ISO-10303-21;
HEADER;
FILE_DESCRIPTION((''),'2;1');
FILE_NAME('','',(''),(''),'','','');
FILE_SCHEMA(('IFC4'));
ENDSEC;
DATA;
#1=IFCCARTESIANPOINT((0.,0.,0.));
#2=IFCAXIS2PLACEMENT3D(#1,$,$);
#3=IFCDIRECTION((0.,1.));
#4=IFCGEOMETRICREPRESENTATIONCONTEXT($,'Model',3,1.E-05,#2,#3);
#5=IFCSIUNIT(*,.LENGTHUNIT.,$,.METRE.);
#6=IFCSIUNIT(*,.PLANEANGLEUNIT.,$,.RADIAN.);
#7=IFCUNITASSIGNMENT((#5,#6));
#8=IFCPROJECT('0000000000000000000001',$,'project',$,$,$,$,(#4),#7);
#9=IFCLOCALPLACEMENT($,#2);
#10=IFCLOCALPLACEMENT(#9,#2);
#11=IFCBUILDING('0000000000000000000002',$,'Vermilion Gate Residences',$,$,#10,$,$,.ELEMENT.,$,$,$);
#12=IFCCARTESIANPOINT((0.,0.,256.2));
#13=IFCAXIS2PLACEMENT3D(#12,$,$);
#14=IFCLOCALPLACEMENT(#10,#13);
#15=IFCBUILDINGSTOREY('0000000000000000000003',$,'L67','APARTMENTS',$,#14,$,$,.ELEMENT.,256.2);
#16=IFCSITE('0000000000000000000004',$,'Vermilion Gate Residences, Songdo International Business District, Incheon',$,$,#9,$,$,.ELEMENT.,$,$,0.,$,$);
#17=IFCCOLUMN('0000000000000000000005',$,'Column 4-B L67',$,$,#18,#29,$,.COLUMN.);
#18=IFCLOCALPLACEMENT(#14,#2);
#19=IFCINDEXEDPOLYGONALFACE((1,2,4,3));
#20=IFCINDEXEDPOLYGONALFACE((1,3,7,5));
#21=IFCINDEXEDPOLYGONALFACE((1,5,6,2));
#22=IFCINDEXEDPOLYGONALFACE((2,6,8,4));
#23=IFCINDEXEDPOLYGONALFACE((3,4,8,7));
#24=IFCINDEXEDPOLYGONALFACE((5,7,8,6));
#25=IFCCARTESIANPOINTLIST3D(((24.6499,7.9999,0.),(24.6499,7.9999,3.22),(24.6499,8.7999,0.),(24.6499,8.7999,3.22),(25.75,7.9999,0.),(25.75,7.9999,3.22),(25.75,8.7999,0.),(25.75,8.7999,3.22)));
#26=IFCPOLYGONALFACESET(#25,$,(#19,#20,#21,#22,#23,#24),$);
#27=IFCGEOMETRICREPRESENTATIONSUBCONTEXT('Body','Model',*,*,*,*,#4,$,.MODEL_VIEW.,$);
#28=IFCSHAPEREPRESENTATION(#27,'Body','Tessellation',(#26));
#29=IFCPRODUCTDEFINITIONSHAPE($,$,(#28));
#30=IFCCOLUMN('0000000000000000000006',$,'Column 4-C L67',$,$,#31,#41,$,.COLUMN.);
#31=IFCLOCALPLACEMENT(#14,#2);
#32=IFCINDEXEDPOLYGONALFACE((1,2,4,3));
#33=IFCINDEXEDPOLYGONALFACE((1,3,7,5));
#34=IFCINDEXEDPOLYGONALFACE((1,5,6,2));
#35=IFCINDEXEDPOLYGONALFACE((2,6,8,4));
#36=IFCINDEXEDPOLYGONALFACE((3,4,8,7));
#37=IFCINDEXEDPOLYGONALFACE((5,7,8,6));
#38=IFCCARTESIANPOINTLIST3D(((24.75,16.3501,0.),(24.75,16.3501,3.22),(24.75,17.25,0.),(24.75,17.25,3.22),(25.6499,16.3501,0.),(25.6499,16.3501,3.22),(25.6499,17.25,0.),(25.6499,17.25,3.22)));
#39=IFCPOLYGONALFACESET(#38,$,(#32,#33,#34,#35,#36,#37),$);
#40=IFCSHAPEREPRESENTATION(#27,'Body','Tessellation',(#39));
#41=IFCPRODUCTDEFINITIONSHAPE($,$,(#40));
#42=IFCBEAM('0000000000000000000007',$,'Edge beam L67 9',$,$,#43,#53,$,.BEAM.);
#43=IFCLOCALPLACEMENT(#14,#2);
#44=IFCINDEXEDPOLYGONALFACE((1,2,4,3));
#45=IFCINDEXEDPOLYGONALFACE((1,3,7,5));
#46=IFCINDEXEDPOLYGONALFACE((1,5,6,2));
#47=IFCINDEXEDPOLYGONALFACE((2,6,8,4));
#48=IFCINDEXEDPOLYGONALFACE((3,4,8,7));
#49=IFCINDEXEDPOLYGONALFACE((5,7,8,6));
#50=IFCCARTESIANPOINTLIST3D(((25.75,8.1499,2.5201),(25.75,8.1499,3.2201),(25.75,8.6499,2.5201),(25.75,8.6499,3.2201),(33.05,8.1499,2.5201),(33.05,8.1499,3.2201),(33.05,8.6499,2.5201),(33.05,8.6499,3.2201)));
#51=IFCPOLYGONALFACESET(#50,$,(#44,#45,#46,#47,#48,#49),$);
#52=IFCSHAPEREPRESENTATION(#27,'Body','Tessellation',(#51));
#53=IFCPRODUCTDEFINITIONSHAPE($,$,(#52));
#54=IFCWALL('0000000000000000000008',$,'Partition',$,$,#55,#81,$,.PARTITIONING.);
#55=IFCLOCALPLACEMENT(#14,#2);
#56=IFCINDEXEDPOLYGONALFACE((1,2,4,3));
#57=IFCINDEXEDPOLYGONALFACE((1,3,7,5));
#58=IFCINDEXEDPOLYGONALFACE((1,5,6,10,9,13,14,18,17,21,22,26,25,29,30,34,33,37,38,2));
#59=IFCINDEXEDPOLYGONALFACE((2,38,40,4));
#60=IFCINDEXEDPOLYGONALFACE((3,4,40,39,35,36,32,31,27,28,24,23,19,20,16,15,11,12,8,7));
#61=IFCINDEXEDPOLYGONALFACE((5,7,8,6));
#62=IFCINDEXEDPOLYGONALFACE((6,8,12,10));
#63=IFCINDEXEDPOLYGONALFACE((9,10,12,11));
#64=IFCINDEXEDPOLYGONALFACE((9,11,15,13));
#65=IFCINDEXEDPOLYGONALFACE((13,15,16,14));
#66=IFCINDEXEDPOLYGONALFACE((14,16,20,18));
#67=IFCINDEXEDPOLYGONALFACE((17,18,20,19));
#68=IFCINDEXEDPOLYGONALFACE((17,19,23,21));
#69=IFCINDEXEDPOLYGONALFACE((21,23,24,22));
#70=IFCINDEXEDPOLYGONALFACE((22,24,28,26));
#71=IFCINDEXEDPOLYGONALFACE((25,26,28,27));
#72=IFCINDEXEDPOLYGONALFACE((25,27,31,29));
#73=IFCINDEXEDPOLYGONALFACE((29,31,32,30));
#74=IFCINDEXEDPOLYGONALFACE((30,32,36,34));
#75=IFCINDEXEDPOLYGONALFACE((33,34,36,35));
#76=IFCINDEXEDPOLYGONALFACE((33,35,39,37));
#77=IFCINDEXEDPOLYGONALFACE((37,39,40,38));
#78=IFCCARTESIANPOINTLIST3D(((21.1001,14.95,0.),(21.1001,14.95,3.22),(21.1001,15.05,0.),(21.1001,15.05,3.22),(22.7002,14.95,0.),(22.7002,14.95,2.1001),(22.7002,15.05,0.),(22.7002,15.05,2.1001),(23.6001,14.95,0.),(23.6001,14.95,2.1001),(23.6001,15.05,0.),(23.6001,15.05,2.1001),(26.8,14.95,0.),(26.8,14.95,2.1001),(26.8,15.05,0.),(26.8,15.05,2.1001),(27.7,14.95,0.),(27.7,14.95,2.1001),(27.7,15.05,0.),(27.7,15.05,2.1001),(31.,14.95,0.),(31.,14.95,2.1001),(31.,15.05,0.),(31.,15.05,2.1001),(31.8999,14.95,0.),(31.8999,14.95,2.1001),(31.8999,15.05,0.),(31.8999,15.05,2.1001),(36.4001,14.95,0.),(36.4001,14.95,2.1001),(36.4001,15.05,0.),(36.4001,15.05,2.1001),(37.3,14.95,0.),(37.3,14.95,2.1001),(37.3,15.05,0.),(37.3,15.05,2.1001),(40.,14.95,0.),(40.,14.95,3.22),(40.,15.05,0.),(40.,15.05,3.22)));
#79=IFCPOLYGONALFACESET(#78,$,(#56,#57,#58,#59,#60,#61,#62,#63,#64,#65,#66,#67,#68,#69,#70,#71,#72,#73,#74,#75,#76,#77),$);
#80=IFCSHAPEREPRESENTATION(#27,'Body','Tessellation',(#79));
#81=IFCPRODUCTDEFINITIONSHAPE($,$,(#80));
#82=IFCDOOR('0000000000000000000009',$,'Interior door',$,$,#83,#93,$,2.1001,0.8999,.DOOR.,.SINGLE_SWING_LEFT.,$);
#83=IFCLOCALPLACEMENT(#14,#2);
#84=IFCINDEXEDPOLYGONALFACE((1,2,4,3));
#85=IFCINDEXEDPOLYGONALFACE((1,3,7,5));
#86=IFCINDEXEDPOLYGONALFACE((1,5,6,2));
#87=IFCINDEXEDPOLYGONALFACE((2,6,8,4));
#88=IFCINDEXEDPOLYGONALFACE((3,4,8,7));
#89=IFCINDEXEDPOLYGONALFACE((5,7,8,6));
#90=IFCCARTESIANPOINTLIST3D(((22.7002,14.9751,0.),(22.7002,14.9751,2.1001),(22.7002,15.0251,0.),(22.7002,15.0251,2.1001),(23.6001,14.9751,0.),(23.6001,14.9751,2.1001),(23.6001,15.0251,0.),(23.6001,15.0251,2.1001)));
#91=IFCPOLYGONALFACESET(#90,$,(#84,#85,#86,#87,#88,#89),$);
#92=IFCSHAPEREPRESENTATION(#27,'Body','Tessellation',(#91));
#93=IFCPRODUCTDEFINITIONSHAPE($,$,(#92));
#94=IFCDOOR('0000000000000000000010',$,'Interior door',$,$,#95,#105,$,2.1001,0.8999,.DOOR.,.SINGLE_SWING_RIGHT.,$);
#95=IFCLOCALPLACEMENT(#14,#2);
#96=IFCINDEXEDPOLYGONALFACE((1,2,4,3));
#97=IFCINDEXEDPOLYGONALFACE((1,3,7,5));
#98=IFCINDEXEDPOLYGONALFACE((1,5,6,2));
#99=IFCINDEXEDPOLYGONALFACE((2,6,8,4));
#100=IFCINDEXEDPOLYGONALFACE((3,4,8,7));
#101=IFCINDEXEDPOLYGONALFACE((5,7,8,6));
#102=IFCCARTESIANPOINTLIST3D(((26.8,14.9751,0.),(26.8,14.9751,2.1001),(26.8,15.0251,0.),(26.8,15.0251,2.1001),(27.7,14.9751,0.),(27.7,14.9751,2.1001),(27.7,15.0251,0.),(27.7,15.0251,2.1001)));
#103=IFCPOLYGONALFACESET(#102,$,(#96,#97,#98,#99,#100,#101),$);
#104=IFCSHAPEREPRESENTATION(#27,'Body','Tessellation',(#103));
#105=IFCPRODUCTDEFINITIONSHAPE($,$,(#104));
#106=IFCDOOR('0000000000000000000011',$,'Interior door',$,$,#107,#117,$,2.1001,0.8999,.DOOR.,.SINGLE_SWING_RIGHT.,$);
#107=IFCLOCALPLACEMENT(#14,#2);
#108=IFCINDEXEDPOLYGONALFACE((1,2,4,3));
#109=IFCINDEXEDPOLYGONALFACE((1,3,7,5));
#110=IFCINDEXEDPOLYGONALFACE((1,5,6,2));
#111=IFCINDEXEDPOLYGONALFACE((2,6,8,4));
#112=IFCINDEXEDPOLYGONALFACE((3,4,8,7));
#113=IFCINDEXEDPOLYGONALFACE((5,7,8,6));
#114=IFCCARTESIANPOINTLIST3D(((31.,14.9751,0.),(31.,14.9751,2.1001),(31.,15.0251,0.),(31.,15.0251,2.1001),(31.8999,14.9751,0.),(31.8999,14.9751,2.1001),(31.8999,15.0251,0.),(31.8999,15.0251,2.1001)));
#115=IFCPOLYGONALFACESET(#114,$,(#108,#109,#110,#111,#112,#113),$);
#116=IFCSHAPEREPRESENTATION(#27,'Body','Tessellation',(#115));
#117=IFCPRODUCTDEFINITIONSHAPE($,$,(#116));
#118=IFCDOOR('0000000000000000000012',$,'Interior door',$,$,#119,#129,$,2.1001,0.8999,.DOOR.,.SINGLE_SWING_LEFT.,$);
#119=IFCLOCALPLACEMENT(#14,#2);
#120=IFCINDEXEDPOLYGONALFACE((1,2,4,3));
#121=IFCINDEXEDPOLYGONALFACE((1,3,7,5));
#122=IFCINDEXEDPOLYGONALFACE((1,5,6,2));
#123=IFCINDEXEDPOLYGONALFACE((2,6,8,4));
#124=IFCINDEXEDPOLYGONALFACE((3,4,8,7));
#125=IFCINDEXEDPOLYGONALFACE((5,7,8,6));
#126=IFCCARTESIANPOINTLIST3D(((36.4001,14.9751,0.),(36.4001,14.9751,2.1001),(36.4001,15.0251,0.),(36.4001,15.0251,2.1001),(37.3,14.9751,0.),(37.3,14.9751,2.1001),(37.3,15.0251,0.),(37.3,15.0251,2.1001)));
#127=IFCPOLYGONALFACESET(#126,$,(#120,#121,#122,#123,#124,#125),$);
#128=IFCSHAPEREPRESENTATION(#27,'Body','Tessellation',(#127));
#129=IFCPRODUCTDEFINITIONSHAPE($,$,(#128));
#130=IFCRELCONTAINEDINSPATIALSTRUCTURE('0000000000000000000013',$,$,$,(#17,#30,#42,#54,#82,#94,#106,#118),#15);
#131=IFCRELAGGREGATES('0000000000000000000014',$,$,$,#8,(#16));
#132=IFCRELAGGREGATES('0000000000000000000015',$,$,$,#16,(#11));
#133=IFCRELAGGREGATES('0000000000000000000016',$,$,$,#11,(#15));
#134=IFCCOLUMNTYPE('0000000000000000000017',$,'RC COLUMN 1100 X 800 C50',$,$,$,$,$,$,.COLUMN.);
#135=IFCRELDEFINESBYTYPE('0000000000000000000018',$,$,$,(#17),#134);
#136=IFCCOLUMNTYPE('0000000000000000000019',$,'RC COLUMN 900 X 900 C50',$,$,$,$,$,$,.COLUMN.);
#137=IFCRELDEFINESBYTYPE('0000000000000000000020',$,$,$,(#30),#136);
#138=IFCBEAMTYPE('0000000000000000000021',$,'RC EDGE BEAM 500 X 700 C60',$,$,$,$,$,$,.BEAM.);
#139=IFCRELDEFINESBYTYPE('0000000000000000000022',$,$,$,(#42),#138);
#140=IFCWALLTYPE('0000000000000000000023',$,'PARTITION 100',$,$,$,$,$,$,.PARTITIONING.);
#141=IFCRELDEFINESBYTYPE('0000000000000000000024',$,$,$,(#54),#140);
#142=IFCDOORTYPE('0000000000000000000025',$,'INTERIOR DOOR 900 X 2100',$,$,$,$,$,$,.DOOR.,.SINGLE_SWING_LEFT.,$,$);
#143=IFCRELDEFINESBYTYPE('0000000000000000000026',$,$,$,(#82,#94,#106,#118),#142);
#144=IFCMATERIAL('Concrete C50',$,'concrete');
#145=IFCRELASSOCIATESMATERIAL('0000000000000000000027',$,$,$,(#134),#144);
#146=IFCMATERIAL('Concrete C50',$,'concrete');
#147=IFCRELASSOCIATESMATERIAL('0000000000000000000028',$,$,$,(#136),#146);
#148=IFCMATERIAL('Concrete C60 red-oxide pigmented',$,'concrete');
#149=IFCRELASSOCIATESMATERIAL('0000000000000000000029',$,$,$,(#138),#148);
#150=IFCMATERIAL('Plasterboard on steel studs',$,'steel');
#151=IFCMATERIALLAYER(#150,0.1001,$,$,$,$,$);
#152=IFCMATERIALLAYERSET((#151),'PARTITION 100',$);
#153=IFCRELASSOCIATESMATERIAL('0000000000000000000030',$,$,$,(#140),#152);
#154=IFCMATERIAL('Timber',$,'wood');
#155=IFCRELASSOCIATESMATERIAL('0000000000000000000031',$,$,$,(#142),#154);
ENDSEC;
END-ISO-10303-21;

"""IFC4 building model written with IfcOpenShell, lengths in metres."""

from ifc_helpers import new_model, si_unit, direction, frame, frame_2d, origin, origin_2d, place, context, subcontext, project, spatial, rectangle, extrude, material, layer, layer_set, material_profile, profile_set, type_object, element, fill, save


model = new_model("IFC4")

# Units and contexts
model_context = context("Model", 3, precision=1e-05, world=origin(), true_north=direction((0.0, 1.0)))
body_context = subcontext(model_context, "Body", "Model", "MODEL_VIEW")
ifc_project = project(units=[si_unit("LENGTHUNIT", "METRE"), si_unit("PLANEANGLEUNIT", "RADIAN")], contexts=[model_context])

# Site, building, storey
site_placement = place(None, origin())
site = spatial("IfcSite", under=ifc_project, at=site_placement, Name="Vermilion Gate Residences, Songdo International Business District, Incheon", CompositionType="ELEMENT", RefElevation=0.0)
building_placement = place(site_placement, origin())
building = spatial("IfcBuilding", under=site, at=building_placement, Name="Vermilion Gate Residences", CompositionType="ELEMENT")
storey_placement = place(building_placement, frame((0.0, 0.0, 256.2)))
storey = spatial("IfcBuildingStorey", under=building, at=storey_placement, Name="L67", Description="APARTMENTS", CompositionType="ELEMENT", Elevation=256.2)

# Columns
ifc_material_1 = material(Name="Concrete C50", Category="concrete")
ifc_material_profile_1 = material_profile(ifc_material_1, rectangle(XDim=1.1001, YDim=0.8, at=origin_2d()), Name="RC-1100x800")
ifc_profile_set_1 = profile_set([ifc_material_profile_1], Name="Concrete C50")
column_type_1 = type_object("IfcColumnType", Name="RC COLUMN 1100 X 800 C50", PredefinedType="COLUMN", material=ifc_profile_set_1)
column_1_placement = place(storey_placement, frame((25.2, 8.3999, 0.0), z_axis=(0.0, 0.0, 1.0), x_axis=(1.0, 0.0, 0.0)))
element("IfcColumn", 1, at=column_1_placement, inside=storey, type_object=column_type_1, Name="Column 4-B L67", PredefinedType="COLUMN", context=body_context, shape_type="SweptSolid", body=[
    extrude(rectangle(XDim=1.1001, YDim=0.8, at=origin_2d()), origin(), (0.0, 0.0, 1.0), 3.22),
])
ifc_material_2 = material(Name="Concrete C50", Category="concrete")
ifc_material_profile_2 = material_profile(ifc_material_2, rectangle(XDim=0.8999, YDim=0.8999, at=origin_2d()), Name="RC-900x900")
ifc_profile_set_2 = profile_set([ifc_material_profile_2], Name="Concrete C50")
column_type_2 = type_object("IfcColumnType", Name="RC COLUMN 900 X 900 C50", PredefinedType="COLUMN", material=ifc_profile_set_2)
column_2_placement = place(storey_placement, frame((25.2, 16.8, 0.0), z_axis=(0.0, 0.0, 1.0), x_axis=(1.0, 0.0, 0.0)))
element("IfcColumn", 2, at=column_2_placement, inside=storey, type_object=column_type_2, Name="Column 4-C L67", PredefinedType="COLUMN", context=body_context, shape_type="SweptSolid", body=[
    extrude(rectangle(XDim=0.8999, YDim=0.8999, at=origin_2d()), origin(), (0.0, 0.0, 1.0), 3.22),
])

# Beam
ifc_material_3 = material(Name="Concrete C60 red-oxide pigmented", Category="concrete")
ifc_material_profile_3 = material_profile(ifc_material_3, rectangle(XDim=0.5, YDim=0.7, at=origin_2d()), Name="RC-500x700")
ifc_profile_set_3 = profile_set([ifc_material_profile_3], Name="Concrete C60 red-oxide pigmented")
beam_type = type_object("IfcBeamType", Name="RC EDGE BEAM 500 X 700 C60", PredefinedType="BEAM", material=ifc_profile_set_3)
beam_placement = place(storey_placement, frame((25.75, 8.3999, 2.8701), z_axis=(1.0, 0.0, 0.0), x_axis=(0.0, 1.0, 0.0)))
element("IfcBeam", 3, at=beam_placement, inside=storey, type_object=beam_type, Name="Edge beam L67 9", PredefinedType="BEAM", context=body_context, shape_type="SweptSolid", body=[
    extrude(rectangle(XDim=0.5, YDim=0.7, at=origin_2d()), origin(), (0.0, 0.0, 1.0), 7.3),
])

# Wall, openings, doors
ifc_material_4 = material(Name="Plasterboard on steel studs", Category="steel")
ifc_layer_1 = layer(ifc_material_4, 0.1001)
ifc_layer_set_1 = layer_set([ifc_layer_1], Name="PARTITION 100")
wall_type_1 = type_object("IfcWallType", Name="PARTITION 100", PredefinedType="PARTITIONING", material=ifc_layer_set_1)
wall_1_placement = place(storey_placement, frame((21.1001, 15.0, 0.0), z_axis=(0.0, 0.0, 1.0), x_axis=(1.0, 0.0, 0.0)))
wall_1 = element("IfcWall", 4, at=wall_1_placement, inside=storey, type_object=wall_type_1, Name="Partition", PredefinedType="PARTITIONING", context=body_context, shape_type="SweptSolid", body=[
    extrude(rectangle(XDim=18.8999, YDim=0.1001, at=frame_2d((9.45, 0.0))), origin(), (0.0, 0.0, 1.0), 3.22),
])
opening_1_placement = place(wall_1_placement, frame((1.6001, 0.0, 0.0)))
opening_1 = element("IfcOpeningElement", 5, at=opening_1_placement, cuts=wall_1, PredefinedType="OPENING", context=body_context, shape_type="SweptSolid", body=[
    extrude(rectangle(XDim=0.8999, YDim=2.1001, at=frame_2d((0.45, 1.05))), frame((0.0, 0.0601, 0.0), z_axis=(0.0, -1.0, 0.0), x_axis=(1.0, 0.0, 0.0)), (0.0, 0.0, 1.0), 0.1201),
])
opening_2_placement = place(wall_1_placement, frame((5.7, 0.0, 0.0)))
opening_2 = element("IfcOpeningElement", 6, at=opening_2_placement, cuts=wall_1, PredefinedType="OPENING", context=body_context, shape_type="SweptSolid", body=[
    extrude(rectangle(XDim=0.8999, YDim=2.1001, at=frame_2d((0.45, 1.05))), frame((0.0, 0.0601, 0.0), z_axis=(0.0, -1.0, 0.0), x_axis=(1.0, 0.0, 0.0)), (0.0, 0.0, 1.0), 0.1201),
])
opening_3_placement = place(wall_1_placement, frame((9.8999, 0.0, 0.0)))
opening_3 = element("IfcOpeningElement", 7, at=opening_3_placement, cuts=wall_1, PredefinedType="OPENING", context=body_context, shape_type="SweptSolid", body=[
    extrude(rectangle(XDim=0.8999, YDim=2.1001, at=frame_2d((0.45, 1.05))), frame((0.0, 0.0601, 0.0), z_axis=(0.0, -1.0, 0.0), x_axis=(1.0, 0.0, 0.0)), (0.0, 0.0, 1.0), 0.1201),
])
opening_4_placement = place(wall_1_placement, frame((15.3, 0.0, 0.0)))
opening_4 = element("IfcOpeningElement", 8, at=opening_4_placement, cuts=wall_1, PredefinedType="OPENING", context=body_context, shape_type="SweptSolid", body=[
    extrude(rectangle(XDim=0.8999, YDim=2.1001, at=frame_2d((0.45, 1.05))), frame((0.0, 0.0601, 0.0), z_axis=(0.0, -1.0, 0.0), x_axis=(1.0, 0.0, 0.0)), (0.0, 0.0, 1.0), 0.1201),
])
ifc_material_5 = material(Name="Timber", Category="wood")
door_type_1 = type_object("IfcDoorType", Name="INTERIOR DOOR 900 X 2100", OperationType="SINGLE_SWING_LEFT", PredefinedType="DOOR", material=ifc_material_5)
door_1_placement = place(opening_1_placement, frame((0.8999, 0.0, 0.0), z_axis=(0.0, 0.0, 1.0), x_axis=(-1.0, 0.0, 0.0)))
door_1 = element("IfcDoor", 9, at=door_1_placement, inside=storey, type_object=door_type_1, Name="Interior door", OperationType="SINGLE_SWING_LEFT", OverallHeight=2.1001, OverallWidth=0.8999, PredefinedType="DOOR", context=body_context, shape_type="SweptSolid", body=[
    extrude(rectangle(XDim=0.8999, YDim=2.1001, at=frame_2d((0.45, 1.05))), frame((0.0, 0.0249, 0.0), z_axis=(0.0, -1.0, 0.0), x_axis=(1.0, 0.0, 0.0)), (0.0, 0.0, 1.0), 0.05),
])
fill(opening_1, door_1)
door_2_placement = place(opening_2_placement, frame((0.8999, 0.0, 0.0), z_axis=(0.0, 0.0, 1.0), x_axis=(-1.0, 0.0, 0.0)))
door_2 = element("IfcDoor", 10, at=door_2_placement, inside=storey, type_object=door_type_1, Name="Interior door", OperationType="SINGLE_SWING_RIGHT", OverallHeight=2.1001, OverallWidth=0.8999, PredefinedType="DOOR", context=body_context, shape_type="SweptSolid", body=[
    extrude(rectangle(XDim=0.8999, YDim=2.1001, at=frame_2d((0.45, 1.05))), frame((0.0, 0.0249, 0.0), z_axis=(0.0, -1.0, 0.0), x_axis=(1.0, 0.0, 0.0)), (0.0, 0.0, 1.0), 0.05),
])
fill(opening_2, door_2)
door_3_placement = place(opening_3_placement, frame((0.8999, 0.0, 0.0), z_axis=(0.0, 0.0, 1.0), x_axis=(-1.0, 0.0, 0.0)))
door_3 = element("IfcDoor", 11, at=door_3_placement, inside=storey, type_object=door_type_1, Name="Interior door", OperationType="SINGLE_SWING_RIGHT", OverallHeight=2.1001, OverallWidth=0.8999, PredefinedType="DOOR", context=body_context, shape_type="SweptSolid", body=[
    extrude(rectangle(XDim=0.8999, YDim=2.1001, at=frame_2d((0.45, 1.05))), frame((0.0, 0.0249, 0.0), z_axis=(0.0, -1.0, 0.0), x_axis=(1.0, 0.0, 0.0)), (0.0, 0.0, 1.0), 0.05),
])
fill(opening_3, door_3)
door_4_placement = place(opening_4_placement, frame((0.8999, 0.0, 0.0), z_axis=(0.0, 0.0, 1.0), x_axis=(-1.0, 0.0, 0.0)))
door_4 = element("IfcDoor", 12, at=door_4_placement, inside=storey, type_object=door_type_1, Name="Interior door", OperationType="SINGLE_SWING_LEFT", OverallHeight=2.1001, OverallWidth=0.8999, PredefinedType="DOOR", context=body_context, shape_type="SweptSolid", body=[
    extrude(rectangle(XDim=0.8999, YDim=2.1001, at=frame_2d((0.45, 1.05))), frame((0.0, 0.0249, 0.0), z_axis=(0.0, -1.0, 0.0), x_axis=(1.0, 0.0, 0.0)), (0.0, 0.0, 1.0), 0.05),
])
fill(opening_4, door_4)

save(model, "model.ifc")
